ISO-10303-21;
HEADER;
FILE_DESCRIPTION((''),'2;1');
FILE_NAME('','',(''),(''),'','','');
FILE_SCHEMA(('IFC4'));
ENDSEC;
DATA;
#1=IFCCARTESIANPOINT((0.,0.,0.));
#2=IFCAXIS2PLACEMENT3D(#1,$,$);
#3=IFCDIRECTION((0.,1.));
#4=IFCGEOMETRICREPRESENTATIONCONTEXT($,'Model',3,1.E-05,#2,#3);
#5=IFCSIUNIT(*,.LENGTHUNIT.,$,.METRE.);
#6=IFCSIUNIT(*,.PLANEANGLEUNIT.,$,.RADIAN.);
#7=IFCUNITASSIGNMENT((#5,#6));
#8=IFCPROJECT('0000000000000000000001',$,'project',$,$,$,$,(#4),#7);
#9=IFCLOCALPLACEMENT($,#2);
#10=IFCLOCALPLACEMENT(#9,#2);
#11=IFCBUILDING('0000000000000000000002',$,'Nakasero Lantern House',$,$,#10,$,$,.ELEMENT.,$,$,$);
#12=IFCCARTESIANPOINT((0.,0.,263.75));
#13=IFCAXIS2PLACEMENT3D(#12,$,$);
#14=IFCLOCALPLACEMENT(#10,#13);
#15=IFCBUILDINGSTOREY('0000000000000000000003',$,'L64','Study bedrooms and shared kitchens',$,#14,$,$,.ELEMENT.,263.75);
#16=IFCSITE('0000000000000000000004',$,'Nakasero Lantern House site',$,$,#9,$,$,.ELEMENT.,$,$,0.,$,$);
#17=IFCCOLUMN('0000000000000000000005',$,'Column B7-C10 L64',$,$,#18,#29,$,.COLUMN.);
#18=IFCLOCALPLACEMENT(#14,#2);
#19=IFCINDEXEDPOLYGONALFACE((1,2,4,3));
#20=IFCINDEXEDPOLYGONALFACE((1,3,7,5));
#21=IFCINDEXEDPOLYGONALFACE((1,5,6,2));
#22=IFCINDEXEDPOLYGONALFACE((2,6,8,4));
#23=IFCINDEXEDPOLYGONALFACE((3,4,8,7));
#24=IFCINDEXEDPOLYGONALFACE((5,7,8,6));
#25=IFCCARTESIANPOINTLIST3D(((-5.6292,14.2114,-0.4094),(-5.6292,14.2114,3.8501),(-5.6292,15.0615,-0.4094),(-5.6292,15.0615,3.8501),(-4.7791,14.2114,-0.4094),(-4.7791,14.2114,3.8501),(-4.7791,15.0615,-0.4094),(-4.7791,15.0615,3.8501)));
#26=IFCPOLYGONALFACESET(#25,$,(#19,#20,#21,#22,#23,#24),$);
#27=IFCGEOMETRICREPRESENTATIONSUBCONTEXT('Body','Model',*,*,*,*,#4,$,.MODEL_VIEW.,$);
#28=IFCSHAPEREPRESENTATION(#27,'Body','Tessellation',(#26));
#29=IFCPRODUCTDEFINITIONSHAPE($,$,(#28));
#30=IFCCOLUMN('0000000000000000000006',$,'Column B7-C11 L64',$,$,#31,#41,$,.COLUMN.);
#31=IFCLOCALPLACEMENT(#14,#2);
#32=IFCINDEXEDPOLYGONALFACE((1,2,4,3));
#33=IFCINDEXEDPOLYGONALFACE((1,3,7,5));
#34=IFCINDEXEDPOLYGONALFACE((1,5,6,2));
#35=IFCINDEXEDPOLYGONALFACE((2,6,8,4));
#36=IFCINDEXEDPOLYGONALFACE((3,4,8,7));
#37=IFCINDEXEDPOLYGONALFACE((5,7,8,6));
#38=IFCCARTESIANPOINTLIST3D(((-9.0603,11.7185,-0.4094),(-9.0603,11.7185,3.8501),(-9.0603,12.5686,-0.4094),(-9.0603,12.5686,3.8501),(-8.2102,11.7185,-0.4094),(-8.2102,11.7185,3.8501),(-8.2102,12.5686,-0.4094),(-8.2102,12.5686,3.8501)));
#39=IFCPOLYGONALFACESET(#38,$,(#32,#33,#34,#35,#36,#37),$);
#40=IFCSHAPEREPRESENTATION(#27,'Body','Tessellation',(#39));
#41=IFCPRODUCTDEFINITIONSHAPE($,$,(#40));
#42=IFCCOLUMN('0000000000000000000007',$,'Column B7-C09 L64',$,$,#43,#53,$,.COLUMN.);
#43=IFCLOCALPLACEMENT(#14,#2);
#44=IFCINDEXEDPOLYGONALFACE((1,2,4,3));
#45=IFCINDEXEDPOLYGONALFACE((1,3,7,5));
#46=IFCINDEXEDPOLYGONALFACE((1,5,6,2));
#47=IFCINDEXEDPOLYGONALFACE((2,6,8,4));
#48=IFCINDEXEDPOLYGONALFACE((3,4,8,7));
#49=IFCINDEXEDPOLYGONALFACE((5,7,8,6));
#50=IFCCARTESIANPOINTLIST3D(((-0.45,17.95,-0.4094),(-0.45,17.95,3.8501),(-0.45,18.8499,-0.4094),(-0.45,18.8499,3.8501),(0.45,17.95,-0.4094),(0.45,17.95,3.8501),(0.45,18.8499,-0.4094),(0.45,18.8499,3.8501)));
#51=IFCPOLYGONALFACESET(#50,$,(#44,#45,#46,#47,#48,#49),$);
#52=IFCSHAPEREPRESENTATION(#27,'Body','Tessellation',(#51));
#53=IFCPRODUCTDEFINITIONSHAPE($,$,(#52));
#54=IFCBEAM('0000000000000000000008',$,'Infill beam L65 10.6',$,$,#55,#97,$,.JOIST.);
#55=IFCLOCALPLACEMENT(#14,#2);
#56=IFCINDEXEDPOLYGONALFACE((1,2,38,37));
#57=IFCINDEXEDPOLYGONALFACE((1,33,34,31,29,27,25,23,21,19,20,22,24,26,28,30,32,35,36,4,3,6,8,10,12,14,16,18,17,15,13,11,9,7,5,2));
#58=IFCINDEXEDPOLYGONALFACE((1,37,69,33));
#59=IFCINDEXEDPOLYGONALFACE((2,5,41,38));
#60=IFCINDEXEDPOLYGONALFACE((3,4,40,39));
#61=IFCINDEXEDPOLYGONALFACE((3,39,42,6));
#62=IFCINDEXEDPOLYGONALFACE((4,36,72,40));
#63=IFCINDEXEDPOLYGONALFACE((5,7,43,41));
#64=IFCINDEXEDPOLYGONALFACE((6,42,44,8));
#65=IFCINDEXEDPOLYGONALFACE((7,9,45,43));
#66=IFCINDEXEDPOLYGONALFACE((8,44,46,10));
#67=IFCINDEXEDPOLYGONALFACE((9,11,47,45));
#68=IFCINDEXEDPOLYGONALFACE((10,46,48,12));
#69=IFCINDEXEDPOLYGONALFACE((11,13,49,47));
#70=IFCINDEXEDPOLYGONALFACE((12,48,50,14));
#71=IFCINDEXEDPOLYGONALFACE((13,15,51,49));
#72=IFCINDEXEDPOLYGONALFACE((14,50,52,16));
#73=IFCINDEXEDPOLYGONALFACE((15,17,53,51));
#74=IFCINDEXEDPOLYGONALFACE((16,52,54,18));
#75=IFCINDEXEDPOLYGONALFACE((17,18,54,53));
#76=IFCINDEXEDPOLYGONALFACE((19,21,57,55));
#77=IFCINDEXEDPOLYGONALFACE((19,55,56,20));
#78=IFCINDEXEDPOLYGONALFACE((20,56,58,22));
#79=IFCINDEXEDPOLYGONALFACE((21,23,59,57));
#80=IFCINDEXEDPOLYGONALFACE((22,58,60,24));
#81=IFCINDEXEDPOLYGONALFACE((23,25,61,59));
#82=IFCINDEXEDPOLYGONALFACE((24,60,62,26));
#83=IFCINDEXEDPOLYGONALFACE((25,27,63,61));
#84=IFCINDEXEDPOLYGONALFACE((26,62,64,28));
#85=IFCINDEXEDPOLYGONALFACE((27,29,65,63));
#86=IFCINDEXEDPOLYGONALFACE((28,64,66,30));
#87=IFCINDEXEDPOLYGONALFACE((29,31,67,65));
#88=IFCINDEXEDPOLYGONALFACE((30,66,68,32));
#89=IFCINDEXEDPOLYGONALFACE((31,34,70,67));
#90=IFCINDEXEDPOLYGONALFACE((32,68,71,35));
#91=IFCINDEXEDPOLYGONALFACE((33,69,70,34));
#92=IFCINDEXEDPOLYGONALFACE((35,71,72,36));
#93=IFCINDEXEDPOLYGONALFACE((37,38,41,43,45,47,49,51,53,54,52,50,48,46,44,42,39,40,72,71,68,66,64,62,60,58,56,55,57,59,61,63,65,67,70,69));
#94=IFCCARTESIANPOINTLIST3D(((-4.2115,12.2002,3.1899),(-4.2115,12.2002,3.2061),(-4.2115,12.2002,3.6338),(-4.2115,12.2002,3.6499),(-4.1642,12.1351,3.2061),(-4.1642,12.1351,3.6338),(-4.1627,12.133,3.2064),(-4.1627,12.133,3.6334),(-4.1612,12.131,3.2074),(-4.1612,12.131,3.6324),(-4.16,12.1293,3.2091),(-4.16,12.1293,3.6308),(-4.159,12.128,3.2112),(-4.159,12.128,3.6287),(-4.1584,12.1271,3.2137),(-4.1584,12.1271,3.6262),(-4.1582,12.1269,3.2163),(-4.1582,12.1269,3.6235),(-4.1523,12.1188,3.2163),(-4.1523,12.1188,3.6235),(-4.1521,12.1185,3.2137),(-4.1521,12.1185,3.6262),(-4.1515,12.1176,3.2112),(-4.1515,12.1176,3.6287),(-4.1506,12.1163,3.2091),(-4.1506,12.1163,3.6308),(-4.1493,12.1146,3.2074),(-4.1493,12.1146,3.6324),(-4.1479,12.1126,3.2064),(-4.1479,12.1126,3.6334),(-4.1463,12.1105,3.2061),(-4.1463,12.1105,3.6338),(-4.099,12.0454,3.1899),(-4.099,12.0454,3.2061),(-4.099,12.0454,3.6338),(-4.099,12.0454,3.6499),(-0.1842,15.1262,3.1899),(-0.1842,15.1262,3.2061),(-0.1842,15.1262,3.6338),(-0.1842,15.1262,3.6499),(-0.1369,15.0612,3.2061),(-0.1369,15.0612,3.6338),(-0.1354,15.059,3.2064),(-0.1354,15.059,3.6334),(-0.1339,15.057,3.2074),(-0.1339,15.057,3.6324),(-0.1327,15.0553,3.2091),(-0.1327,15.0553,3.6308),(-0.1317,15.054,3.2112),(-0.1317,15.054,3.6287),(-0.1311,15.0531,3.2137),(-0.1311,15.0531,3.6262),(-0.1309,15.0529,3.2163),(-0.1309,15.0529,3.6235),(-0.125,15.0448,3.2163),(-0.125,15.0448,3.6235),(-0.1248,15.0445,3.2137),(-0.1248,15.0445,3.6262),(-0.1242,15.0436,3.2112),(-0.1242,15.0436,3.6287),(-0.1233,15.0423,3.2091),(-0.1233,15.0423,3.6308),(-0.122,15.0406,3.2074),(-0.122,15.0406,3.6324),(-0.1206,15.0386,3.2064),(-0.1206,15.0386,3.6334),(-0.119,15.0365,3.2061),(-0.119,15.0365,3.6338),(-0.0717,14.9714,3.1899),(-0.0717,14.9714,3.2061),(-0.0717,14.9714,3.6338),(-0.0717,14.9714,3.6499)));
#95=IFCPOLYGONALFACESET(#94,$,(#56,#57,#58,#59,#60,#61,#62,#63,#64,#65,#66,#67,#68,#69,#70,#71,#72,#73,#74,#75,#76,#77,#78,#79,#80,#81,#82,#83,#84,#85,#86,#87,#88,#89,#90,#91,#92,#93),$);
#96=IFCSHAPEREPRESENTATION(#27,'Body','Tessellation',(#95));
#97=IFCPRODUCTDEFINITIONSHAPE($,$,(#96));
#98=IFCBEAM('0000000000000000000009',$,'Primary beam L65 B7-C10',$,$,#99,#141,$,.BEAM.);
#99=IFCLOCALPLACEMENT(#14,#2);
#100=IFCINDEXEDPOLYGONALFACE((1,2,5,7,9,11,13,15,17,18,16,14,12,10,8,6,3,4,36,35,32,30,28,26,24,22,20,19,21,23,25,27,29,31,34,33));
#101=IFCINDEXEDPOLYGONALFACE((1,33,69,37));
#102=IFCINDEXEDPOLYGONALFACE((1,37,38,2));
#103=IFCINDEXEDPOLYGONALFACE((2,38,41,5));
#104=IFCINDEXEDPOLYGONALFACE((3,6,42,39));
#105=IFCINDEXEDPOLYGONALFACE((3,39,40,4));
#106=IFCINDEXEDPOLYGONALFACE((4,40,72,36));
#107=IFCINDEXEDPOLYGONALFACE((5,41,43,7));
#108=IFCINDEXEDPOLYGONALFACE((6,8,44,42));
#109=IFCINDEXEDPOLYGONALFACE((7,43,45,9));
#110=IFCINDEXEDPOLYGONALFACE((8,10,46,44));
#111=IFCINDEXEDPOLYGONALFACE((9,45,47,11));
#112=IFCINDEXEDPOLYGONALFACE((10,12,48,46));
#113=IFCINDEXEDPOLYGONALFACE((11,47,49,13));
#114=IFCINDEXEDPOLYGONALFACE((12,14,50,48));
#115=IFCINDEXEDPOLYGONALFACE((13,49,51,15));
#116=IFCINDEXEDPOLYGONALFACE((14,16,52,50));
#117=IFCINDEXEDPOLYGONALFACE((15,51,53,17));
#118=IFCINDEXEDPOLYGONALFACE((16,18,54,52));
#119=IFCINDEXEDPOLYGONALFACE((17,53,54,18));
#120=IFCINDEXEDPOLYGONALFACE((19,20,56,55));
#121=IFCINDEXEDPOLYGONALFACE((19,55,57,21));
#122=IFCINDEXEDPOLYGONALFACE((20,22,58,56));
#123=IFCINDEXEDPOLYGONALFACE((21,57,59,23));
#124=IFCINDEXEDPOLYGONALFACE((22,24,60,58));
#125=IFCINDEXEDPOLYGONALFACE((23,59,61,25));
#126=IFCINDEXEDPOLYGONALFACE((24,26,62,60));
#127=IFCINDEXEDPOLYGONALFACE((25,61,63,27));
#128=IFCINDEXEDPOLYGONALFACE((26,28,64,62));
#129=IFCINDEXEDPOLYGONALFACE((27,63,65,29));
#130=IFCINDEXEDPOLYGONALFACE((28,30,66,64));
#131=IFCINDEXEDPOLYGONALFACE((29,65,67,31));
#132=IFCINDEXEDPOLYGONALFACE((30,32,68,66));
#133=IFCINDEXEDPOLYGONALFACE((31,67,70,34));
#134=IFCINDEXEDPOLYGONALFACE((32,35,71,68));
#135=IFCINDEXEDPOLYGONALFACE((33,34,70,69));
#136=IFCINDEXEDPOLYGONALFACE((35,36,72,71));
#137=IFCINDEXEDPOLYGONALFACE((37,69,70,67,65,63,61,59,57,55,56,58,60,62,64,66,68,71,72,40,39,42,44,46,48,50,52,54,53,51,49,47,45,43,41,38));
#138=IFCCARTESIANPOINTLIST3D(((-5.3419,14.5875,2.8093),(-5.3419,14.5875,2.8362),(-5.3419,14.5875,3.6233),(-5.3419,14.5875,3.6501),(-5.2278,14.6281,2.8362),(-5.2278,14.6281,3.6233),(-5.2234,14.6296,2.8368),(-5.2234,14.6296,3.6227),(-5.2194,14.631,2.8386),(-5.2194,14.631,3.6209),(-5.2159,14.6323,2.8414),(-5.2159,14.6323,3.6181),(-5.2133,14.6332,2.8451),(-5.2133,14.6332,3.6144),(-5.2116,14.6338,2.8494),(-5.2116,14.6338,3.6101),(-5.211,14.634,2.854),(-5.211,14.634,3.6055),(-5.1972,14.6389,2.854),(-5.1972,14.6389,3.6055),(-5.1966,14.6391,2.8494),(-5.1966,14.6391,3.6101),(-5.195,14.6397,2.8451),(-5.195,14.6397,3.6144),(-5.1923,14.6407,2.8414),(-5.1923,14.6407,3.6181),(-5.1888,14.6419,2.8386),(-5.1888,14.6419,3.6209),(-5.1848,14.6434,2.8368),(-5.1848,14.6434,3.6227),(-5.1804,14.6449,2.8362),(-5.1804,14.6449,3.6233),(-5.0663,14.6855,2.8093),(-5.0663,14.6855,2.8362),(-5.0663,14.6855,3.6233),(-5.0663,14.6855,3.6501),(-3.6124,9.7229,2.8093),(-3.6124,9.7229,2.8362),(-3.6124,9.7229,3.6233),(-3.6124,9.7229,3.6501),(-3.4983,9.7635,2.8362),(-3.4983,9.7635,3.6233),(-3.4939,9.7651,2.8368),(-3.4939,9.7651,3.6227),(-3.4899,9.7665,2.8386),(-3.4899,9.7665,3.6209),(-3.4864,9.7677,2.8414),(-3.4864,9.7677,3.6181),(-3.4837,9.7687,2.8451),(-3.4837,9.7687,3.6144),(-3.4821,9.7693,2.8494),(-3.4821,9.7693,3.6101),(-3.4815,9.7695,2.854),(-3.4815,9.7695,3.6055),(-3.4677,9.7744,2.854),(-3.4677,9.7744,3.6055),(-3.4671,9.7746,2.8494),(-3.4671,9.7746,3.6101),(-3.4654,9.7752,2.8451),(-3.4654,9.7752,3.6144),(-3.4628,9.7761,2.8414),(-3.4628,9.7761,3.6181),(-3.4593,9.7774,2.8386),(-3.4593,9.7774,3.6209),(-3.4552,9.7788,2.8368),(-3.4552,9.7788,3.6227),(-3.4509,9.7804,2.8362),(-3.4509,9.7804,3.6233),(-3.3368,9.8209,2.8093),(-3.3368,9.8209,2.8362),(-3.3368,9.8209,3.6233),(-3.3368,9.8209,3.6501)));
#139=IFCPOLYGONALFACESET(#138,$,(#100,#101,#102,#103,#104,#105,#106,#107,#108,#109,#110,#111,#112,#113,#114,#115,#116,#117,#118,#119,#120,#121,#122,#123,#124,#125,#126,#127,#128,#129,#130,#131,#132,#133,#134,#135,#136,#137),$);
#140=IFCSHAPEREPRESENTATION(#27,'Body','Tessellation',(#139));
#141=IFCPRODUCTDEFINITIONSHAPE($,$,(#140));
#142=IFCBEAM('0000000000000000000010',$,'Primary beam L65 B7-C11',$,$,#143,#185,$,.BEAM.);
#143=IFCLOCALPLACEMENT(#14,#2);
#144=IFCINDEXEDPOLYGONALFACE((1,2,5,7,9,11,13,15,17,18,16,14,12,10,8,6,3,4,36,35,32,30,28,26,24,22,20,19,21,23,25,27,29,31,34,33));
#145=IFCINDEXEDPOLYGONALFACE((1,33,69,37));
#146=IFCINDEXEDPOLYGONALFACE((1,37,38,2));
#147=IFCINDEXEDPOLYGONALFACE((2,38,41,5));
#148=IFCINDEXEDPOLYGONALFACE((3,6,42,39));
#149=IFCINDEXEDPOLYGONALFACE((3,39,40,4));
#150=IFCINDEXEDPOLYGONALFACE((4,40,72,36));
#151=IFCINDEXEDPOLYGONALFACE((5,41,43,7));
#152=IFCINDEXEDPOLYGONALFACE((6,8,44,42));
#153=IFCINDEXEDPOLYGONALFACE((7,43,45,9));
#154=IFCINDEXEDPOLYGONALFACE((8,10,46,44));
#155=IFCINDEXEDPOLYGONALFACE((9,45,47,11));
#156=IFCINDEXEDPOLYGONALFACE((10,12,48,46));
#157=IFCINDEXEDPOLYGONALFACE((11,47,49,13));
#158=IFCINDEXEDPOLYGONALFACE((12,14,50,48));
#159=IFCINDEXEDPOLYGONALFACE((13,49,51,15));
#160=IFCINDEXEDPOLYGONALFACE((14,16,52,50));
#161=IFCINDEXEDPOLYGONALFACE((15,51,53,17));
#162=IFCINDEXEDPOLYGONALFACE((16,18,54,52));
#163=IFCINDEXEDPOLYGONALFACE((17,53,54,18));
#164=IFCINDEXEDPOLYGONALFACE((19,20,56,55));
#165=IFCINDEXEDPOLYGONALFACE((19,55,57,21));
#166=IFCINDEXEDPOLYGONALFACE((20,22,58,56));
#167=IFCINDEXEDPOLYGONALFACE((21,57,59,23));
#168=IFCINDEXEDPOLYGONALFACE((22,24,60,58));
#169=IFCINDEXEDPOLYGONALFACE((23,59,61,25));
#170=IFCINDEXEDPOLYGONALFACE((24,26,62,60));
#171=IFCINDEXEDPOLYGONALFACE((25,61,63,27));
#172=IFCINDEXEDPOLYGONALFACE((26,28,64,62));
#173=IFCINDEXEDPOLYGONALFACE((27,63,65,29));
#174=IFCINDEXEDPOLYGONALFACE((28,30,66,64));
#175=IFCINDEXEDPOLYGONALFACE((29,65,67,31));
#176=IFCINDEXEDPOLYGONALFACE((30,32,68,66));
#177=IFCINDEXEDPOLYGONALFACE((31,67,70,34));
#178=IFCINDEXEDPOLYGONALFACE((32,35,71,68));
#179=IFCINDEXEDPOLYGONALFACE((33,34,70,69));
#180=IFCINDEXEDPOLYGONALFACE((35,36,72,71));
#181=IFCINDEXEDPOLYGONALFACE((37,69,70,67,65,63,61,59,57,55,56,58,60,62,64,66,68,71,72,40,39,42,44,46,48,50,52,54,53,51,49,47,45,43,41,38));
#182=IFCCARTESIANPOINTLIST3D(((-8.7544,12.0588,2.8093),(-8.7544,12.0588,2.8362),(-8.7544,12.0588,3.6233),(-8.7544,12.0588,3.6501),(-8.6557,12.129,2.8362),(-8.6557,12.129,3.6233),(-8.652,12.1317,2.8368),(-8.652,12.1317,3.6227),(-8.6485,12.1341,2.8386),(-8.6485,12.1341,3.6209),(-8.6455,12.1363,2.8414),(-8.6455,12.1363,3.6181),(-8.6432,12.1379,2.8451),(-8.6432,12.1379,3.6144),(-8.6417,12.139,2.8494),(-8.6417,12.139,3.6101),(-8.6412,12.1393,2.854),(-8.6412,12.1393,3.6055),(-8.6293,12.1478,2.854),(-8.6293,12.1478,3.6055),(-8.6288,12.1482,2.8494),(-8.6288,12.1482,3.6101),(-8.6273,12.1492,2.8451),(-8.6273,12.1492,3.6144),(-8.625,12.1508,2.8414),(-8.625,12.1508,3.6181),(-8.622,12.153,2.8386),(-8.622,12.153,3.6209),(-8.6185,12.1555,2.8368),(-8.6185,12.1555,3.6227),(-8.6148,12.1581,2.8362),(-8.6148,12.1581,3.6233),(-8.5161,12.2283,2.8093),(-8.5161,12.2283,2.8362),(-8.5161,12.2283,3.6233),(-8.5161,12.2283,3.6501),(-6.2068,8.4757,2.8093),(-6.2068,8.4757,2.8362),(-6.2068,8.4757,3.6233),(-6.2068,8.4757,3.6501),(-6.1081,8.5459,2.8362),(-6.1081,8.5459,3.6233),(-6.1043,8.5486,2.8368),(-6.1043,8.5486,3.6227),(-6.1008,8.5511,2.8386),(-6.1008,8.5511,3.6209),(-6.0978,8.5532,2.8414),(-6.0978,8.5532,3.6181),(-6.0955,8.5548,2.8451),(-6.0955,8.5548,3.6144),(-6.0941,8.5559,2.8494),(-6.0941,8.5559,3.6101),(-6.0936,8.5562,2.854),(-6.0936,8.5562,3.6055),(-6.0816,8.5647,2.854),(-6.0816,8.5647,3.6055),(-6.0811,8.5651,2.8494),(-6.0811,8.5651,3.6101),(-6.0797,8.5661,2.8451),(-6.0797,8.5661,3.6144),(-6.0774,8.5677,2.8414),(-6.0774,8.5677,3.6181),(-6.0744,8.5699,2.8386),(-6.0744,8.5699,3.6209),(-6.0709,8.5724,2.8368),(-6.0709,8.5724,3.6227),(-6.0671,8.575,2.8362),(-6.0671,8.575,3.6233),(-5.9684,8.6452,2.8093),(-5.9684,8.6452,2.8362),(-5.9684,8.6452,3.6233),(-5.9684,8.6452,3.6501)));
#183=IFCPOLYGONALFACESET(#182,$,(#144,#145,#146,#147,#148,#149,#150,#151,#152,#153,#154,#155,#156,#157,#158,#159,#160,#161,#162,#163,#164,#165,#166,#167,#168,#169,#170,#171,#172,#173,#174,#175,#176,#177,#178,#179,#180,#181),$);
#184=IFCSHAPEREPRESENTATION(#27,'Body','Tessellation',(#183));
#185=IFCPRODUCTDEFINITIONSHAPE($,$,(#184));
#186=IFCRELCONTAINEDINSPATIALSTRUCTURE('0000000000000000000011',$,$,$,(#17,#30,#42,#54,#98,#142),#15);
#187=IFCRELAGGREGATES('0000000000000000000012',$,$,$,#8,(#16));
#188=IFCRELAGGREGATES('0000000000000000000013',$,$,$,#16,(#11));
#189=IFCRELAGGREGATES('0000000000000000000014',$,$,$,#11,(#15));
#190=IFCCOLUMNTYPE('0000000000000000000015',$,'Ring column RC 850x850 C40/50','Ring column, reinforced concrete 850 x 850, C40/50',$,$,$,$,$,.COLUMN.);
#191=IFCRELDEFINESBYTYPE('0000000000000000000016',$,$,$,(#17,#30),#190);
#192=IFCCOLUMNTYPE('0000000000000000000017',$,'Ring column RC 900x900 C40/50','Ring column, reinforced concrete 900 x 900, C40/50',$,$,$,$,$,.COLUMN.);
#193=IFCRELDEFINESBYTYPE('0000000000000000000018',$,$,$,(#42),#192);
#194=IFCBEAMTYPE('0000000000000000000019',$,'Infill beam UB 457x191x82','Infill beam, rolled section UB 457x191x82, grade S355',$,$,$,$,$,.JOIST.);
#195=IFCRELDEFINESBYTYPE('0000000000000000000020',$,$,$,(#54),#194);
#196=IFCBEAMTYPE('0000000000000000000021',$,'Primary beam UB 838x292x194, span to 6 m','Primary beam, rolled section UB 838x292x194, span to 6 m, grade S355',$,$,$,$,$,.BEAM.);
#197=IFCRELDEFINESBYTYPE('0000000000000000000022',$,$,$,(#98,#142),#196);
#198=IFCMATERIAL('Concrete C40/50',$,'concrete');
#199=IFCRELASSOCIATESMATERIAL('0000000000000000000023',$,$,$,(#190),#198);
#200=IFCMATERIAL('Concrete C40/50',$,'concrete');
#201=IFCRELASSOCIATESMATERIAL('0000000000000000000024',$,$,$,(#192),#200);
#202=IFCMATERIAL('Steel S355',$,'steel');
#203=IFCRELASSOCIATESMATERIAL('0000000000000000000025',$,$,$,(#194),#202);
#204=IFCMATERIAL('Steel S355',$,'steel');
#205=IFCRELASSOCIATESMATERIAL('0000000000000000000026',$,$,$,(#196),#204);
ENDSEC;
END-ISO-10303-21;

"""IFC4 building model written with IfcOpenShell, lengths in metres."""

from ifc_helpers import new_model, si_unit, direction, frame, origin, origin_2d, place, context, subcontext, project, spatial, rectangle, i_section, extrude, material, material_profile, profile_set, type_object, element, save


model = new_model("IFC4")

# Units and contexts
model_context = context("Model", 3, precision=1e-05, world=origin(), true_north=direction((0.0, 1.0)))
body_context = subcontext(model_context, "Body", "Model", "MODEL_VIEW")
ifc_project = project(units=[si_unit("LENGTHUNIT", "METRE"), si_unit("PLANEANGLEUNIT", "RADIAN")], contexts=[model_context])

# Site, building, storey
site_placement = place(None, origin())
site = spatial("IfcSite", under=ifc_project, at=site_placement, Name="Nakasero Lantern House site", CompositionType="ELEMENT", RefElevation=0.0)
building_placement = place(site_placement, origin())
building = spatial("IfcBuilding", under=site, at=building_placement, Name="Nakasero Lantern House", CompositionType="ELEMENT")
storey_placement = place(building_placement, frame((0.0, 0.0, 263.75)))
storey = spatial("IfcBuildingStorey", under=building, at=storey_placement, Name="L64", Description="Study bedrooms and shared kitchens", CompositionType="ELEMENT", Elevation=263.75)

# Columns
ifc_material_1 = material(Name="Concrete C40/50", Category="concrete")
ifc_material_profile_1 = material_profile(ifc_material_1, rectangle(XDim=0.8501, YDim=0.8501, at=origin_2d()), Name="RC 850x850")
ifc_profile_set_1 = profile_set([ifc_material_profile_1], Name="Concrete C40/50")
column_type_1 = type_object("IfcColumnType", Name="Ring column RC 850x850 C40/50", Description="Ring column, reinforced concrete 850 x 850, C40/50", PredefinedType="COLUMN", material=ifc_profile_set_1)
for number, where, z_axis, x_axis, name in (
    (1, (-5.2041, 14.6365, -0.4094), (0.0, 0.0, 1.0), (1.0, 0.0, 0.0), "Column B7-C10 L64"),
    (2, (-8.6353, 12.1436, -0.4094), (0.0, 0.0, 1.0), (1.0, 0.0, 0.0), "Column B7-C11 L64"),
):
    element("IfcColumn", number, at=place(storey_placement, frame(where, z_axis=z_axis, x_axis=x_axis)), inside=storey, type_object=column_type_1, Name=name, PredefinedType="COLUMN", context=body_context, shape_type="SweptSolid", body=[
        extrude(rectangle(XDim=0.8501, YDim=0.8501, at=origin_2d()), origin(), (0.0, 0.0, 1.0), 4.2595),
    ])
ifc_material_2 = material(Name="Concrete C40/50", Category="concrete")
ifc_material_profile_2 = material_profile(ifc_material_2, rectangle(XDim=0.8999, YDim=0.8999, at=origin_2d()), Name="RC 900x900")
ifc_profile_set_2 = profile_set([ifc_material_profile_2], Name="Concrete C40/50")
column_type_2 = type_object("IfcColumnType", Name="Ring column RC 900x900 C40/50", Description="Ring column, reinforced concrete 900 x 900, C40/50", PredefinedType="COLUMN", material=ifc_profile_set_2)
column_placement = place(storey_placement, frame((0.0, 18.3999, -0.4094), z_axis=(0.0, 0.0, 1.0), x_axis=(1.0, 0.0, 0.0)))
element("IfcColumn", 3, at=column_placement, inside=storey, type_object=column_type_2, Name="Column B7-C09 L64", PredefinedType="COLUMN", context=body_context, shape_type="SweptSolid", body=[
    extrude(rectangle(XDim=0.8999, YDim=0.8999, at=origin_2d()), origin(), (0.0, 0.0, 1.0), 4.2595),
])

# Beams
ifc_material_3 = material(Name="Steel S355", Category="steel")
ifc_material_profile_3 = material_profile(ifc_material_3, i_section(OverallWidth=0.1914, OverallDepth=0.46, WebThickness=0.01, FlangeThickness=0.0161, FilletRadius=0.0103, at=origin_2d()), Name="UB 457x191x82")
ifc_profile_set_3 = profile_set([ifc_material_profile_3], Name="Steel S355")
beam_type_1 = type_object("IfcBeamType", Name="Infill beam UB 457x191x82", Description="Infill beam, rolled section UB 457x191x82, grade S355", PredefinedType="JOIST", material=ifc_profile_set_3)
beam_1_placement = place(storey_placement, frame((-4.1553, 12.1228, 3.4199), z_axis=(0.809018, 0.587784, 0.0), x_axis=(-0.587784, 0.809018, 0.0)))
element("IfcBeam", 4, at=beam_1_placement, inside=storey, type_object=beam_type_1, Name="Infill beam L65 10.6", PredefinedType="JOIST", context=body_context, shape_type="SweptSolid", body=[
    extrude(i_section(OverallWidth=0.1914, OverallDepth=0.46, WebThickness=0.01, FlangeThickness=0.0161, FilletRadius=0.0103, at=origin_2d()), origin(), (0.0, 0.0, 1.0), 4.978),
])
ifc_material_4 = material(Name="Steel S355", Category="steel")
ifc_material_profile_4 = material_profile(ifc_material_4, i_section(OverallWidth=0.2925, OverallDepth=0.8408, WebThickness=0.0146, FlangeThickness=0.0269, FilletRadius=0.0178, at=origin_2d()), Name="UB 838x292x194")
ifc_profile_set_4 = profile_set([ifc_material_profile_4], Name="Steel S355")
beam_type_2 = type_object("IfcBeamType", Name="Primary beam UB 838x292x194, span to 6 m", Description="Primary beam, rolled section UB 838x292x194, span to 6 m, grade S355", PredefinedType="BEAM", material=ifc_profile_set_4)
beam_2_placement = place(storey_placement, frame((-5.2041, 14.6365, 3.2297), z_axis=(0.334991, -0.942221, 0.0), x_axis=(0.942221, 0.334991, 0.0)))
element("IfcBeam", 5, at=beam_2_placement, inside=storey, type_object=beam_type_2, Name="Primary beam L65 B7-C10", PredefinedType="BEAM", context=body_context, shape_type="SweptSolid", body=[
    extrude(i_section(OverallWidth=0.2925, OverallDepth=0.8408, WebThickness=0.0146, FlangeThickness=0.0269, FilletRadius=0.0178, at=origin_2d()), origin(), (0.0, 0.0, 1.0), 5.1628),
])
beam_3_placement = place(storey_placement, frame((-8.6353, 12.1436, 3.2297), z_axis=(0.579477, -0.814989, 0.0), x_axis=(0.814989, 0.579477, 0.0)))
element("IfcBeam", 6, at=beam_3_placement, inside=storey, type_object=beam_type_2, Name="Primary beam L65 B7-C11", PredefinedType="BEAM", context=body_context, shape_type="SweptSolid", body=[
    extrude(i_section(OverallWidth=0.2925, OverallDepth=0.8408, WebThickness=0.0146, FlangeThickness=0.0269, FilletRadius=0.0178, at=origin_2d()), origin(), (0.0, 0.0, 1.0), 4.3965),
])

save(model, "model.ifc")
